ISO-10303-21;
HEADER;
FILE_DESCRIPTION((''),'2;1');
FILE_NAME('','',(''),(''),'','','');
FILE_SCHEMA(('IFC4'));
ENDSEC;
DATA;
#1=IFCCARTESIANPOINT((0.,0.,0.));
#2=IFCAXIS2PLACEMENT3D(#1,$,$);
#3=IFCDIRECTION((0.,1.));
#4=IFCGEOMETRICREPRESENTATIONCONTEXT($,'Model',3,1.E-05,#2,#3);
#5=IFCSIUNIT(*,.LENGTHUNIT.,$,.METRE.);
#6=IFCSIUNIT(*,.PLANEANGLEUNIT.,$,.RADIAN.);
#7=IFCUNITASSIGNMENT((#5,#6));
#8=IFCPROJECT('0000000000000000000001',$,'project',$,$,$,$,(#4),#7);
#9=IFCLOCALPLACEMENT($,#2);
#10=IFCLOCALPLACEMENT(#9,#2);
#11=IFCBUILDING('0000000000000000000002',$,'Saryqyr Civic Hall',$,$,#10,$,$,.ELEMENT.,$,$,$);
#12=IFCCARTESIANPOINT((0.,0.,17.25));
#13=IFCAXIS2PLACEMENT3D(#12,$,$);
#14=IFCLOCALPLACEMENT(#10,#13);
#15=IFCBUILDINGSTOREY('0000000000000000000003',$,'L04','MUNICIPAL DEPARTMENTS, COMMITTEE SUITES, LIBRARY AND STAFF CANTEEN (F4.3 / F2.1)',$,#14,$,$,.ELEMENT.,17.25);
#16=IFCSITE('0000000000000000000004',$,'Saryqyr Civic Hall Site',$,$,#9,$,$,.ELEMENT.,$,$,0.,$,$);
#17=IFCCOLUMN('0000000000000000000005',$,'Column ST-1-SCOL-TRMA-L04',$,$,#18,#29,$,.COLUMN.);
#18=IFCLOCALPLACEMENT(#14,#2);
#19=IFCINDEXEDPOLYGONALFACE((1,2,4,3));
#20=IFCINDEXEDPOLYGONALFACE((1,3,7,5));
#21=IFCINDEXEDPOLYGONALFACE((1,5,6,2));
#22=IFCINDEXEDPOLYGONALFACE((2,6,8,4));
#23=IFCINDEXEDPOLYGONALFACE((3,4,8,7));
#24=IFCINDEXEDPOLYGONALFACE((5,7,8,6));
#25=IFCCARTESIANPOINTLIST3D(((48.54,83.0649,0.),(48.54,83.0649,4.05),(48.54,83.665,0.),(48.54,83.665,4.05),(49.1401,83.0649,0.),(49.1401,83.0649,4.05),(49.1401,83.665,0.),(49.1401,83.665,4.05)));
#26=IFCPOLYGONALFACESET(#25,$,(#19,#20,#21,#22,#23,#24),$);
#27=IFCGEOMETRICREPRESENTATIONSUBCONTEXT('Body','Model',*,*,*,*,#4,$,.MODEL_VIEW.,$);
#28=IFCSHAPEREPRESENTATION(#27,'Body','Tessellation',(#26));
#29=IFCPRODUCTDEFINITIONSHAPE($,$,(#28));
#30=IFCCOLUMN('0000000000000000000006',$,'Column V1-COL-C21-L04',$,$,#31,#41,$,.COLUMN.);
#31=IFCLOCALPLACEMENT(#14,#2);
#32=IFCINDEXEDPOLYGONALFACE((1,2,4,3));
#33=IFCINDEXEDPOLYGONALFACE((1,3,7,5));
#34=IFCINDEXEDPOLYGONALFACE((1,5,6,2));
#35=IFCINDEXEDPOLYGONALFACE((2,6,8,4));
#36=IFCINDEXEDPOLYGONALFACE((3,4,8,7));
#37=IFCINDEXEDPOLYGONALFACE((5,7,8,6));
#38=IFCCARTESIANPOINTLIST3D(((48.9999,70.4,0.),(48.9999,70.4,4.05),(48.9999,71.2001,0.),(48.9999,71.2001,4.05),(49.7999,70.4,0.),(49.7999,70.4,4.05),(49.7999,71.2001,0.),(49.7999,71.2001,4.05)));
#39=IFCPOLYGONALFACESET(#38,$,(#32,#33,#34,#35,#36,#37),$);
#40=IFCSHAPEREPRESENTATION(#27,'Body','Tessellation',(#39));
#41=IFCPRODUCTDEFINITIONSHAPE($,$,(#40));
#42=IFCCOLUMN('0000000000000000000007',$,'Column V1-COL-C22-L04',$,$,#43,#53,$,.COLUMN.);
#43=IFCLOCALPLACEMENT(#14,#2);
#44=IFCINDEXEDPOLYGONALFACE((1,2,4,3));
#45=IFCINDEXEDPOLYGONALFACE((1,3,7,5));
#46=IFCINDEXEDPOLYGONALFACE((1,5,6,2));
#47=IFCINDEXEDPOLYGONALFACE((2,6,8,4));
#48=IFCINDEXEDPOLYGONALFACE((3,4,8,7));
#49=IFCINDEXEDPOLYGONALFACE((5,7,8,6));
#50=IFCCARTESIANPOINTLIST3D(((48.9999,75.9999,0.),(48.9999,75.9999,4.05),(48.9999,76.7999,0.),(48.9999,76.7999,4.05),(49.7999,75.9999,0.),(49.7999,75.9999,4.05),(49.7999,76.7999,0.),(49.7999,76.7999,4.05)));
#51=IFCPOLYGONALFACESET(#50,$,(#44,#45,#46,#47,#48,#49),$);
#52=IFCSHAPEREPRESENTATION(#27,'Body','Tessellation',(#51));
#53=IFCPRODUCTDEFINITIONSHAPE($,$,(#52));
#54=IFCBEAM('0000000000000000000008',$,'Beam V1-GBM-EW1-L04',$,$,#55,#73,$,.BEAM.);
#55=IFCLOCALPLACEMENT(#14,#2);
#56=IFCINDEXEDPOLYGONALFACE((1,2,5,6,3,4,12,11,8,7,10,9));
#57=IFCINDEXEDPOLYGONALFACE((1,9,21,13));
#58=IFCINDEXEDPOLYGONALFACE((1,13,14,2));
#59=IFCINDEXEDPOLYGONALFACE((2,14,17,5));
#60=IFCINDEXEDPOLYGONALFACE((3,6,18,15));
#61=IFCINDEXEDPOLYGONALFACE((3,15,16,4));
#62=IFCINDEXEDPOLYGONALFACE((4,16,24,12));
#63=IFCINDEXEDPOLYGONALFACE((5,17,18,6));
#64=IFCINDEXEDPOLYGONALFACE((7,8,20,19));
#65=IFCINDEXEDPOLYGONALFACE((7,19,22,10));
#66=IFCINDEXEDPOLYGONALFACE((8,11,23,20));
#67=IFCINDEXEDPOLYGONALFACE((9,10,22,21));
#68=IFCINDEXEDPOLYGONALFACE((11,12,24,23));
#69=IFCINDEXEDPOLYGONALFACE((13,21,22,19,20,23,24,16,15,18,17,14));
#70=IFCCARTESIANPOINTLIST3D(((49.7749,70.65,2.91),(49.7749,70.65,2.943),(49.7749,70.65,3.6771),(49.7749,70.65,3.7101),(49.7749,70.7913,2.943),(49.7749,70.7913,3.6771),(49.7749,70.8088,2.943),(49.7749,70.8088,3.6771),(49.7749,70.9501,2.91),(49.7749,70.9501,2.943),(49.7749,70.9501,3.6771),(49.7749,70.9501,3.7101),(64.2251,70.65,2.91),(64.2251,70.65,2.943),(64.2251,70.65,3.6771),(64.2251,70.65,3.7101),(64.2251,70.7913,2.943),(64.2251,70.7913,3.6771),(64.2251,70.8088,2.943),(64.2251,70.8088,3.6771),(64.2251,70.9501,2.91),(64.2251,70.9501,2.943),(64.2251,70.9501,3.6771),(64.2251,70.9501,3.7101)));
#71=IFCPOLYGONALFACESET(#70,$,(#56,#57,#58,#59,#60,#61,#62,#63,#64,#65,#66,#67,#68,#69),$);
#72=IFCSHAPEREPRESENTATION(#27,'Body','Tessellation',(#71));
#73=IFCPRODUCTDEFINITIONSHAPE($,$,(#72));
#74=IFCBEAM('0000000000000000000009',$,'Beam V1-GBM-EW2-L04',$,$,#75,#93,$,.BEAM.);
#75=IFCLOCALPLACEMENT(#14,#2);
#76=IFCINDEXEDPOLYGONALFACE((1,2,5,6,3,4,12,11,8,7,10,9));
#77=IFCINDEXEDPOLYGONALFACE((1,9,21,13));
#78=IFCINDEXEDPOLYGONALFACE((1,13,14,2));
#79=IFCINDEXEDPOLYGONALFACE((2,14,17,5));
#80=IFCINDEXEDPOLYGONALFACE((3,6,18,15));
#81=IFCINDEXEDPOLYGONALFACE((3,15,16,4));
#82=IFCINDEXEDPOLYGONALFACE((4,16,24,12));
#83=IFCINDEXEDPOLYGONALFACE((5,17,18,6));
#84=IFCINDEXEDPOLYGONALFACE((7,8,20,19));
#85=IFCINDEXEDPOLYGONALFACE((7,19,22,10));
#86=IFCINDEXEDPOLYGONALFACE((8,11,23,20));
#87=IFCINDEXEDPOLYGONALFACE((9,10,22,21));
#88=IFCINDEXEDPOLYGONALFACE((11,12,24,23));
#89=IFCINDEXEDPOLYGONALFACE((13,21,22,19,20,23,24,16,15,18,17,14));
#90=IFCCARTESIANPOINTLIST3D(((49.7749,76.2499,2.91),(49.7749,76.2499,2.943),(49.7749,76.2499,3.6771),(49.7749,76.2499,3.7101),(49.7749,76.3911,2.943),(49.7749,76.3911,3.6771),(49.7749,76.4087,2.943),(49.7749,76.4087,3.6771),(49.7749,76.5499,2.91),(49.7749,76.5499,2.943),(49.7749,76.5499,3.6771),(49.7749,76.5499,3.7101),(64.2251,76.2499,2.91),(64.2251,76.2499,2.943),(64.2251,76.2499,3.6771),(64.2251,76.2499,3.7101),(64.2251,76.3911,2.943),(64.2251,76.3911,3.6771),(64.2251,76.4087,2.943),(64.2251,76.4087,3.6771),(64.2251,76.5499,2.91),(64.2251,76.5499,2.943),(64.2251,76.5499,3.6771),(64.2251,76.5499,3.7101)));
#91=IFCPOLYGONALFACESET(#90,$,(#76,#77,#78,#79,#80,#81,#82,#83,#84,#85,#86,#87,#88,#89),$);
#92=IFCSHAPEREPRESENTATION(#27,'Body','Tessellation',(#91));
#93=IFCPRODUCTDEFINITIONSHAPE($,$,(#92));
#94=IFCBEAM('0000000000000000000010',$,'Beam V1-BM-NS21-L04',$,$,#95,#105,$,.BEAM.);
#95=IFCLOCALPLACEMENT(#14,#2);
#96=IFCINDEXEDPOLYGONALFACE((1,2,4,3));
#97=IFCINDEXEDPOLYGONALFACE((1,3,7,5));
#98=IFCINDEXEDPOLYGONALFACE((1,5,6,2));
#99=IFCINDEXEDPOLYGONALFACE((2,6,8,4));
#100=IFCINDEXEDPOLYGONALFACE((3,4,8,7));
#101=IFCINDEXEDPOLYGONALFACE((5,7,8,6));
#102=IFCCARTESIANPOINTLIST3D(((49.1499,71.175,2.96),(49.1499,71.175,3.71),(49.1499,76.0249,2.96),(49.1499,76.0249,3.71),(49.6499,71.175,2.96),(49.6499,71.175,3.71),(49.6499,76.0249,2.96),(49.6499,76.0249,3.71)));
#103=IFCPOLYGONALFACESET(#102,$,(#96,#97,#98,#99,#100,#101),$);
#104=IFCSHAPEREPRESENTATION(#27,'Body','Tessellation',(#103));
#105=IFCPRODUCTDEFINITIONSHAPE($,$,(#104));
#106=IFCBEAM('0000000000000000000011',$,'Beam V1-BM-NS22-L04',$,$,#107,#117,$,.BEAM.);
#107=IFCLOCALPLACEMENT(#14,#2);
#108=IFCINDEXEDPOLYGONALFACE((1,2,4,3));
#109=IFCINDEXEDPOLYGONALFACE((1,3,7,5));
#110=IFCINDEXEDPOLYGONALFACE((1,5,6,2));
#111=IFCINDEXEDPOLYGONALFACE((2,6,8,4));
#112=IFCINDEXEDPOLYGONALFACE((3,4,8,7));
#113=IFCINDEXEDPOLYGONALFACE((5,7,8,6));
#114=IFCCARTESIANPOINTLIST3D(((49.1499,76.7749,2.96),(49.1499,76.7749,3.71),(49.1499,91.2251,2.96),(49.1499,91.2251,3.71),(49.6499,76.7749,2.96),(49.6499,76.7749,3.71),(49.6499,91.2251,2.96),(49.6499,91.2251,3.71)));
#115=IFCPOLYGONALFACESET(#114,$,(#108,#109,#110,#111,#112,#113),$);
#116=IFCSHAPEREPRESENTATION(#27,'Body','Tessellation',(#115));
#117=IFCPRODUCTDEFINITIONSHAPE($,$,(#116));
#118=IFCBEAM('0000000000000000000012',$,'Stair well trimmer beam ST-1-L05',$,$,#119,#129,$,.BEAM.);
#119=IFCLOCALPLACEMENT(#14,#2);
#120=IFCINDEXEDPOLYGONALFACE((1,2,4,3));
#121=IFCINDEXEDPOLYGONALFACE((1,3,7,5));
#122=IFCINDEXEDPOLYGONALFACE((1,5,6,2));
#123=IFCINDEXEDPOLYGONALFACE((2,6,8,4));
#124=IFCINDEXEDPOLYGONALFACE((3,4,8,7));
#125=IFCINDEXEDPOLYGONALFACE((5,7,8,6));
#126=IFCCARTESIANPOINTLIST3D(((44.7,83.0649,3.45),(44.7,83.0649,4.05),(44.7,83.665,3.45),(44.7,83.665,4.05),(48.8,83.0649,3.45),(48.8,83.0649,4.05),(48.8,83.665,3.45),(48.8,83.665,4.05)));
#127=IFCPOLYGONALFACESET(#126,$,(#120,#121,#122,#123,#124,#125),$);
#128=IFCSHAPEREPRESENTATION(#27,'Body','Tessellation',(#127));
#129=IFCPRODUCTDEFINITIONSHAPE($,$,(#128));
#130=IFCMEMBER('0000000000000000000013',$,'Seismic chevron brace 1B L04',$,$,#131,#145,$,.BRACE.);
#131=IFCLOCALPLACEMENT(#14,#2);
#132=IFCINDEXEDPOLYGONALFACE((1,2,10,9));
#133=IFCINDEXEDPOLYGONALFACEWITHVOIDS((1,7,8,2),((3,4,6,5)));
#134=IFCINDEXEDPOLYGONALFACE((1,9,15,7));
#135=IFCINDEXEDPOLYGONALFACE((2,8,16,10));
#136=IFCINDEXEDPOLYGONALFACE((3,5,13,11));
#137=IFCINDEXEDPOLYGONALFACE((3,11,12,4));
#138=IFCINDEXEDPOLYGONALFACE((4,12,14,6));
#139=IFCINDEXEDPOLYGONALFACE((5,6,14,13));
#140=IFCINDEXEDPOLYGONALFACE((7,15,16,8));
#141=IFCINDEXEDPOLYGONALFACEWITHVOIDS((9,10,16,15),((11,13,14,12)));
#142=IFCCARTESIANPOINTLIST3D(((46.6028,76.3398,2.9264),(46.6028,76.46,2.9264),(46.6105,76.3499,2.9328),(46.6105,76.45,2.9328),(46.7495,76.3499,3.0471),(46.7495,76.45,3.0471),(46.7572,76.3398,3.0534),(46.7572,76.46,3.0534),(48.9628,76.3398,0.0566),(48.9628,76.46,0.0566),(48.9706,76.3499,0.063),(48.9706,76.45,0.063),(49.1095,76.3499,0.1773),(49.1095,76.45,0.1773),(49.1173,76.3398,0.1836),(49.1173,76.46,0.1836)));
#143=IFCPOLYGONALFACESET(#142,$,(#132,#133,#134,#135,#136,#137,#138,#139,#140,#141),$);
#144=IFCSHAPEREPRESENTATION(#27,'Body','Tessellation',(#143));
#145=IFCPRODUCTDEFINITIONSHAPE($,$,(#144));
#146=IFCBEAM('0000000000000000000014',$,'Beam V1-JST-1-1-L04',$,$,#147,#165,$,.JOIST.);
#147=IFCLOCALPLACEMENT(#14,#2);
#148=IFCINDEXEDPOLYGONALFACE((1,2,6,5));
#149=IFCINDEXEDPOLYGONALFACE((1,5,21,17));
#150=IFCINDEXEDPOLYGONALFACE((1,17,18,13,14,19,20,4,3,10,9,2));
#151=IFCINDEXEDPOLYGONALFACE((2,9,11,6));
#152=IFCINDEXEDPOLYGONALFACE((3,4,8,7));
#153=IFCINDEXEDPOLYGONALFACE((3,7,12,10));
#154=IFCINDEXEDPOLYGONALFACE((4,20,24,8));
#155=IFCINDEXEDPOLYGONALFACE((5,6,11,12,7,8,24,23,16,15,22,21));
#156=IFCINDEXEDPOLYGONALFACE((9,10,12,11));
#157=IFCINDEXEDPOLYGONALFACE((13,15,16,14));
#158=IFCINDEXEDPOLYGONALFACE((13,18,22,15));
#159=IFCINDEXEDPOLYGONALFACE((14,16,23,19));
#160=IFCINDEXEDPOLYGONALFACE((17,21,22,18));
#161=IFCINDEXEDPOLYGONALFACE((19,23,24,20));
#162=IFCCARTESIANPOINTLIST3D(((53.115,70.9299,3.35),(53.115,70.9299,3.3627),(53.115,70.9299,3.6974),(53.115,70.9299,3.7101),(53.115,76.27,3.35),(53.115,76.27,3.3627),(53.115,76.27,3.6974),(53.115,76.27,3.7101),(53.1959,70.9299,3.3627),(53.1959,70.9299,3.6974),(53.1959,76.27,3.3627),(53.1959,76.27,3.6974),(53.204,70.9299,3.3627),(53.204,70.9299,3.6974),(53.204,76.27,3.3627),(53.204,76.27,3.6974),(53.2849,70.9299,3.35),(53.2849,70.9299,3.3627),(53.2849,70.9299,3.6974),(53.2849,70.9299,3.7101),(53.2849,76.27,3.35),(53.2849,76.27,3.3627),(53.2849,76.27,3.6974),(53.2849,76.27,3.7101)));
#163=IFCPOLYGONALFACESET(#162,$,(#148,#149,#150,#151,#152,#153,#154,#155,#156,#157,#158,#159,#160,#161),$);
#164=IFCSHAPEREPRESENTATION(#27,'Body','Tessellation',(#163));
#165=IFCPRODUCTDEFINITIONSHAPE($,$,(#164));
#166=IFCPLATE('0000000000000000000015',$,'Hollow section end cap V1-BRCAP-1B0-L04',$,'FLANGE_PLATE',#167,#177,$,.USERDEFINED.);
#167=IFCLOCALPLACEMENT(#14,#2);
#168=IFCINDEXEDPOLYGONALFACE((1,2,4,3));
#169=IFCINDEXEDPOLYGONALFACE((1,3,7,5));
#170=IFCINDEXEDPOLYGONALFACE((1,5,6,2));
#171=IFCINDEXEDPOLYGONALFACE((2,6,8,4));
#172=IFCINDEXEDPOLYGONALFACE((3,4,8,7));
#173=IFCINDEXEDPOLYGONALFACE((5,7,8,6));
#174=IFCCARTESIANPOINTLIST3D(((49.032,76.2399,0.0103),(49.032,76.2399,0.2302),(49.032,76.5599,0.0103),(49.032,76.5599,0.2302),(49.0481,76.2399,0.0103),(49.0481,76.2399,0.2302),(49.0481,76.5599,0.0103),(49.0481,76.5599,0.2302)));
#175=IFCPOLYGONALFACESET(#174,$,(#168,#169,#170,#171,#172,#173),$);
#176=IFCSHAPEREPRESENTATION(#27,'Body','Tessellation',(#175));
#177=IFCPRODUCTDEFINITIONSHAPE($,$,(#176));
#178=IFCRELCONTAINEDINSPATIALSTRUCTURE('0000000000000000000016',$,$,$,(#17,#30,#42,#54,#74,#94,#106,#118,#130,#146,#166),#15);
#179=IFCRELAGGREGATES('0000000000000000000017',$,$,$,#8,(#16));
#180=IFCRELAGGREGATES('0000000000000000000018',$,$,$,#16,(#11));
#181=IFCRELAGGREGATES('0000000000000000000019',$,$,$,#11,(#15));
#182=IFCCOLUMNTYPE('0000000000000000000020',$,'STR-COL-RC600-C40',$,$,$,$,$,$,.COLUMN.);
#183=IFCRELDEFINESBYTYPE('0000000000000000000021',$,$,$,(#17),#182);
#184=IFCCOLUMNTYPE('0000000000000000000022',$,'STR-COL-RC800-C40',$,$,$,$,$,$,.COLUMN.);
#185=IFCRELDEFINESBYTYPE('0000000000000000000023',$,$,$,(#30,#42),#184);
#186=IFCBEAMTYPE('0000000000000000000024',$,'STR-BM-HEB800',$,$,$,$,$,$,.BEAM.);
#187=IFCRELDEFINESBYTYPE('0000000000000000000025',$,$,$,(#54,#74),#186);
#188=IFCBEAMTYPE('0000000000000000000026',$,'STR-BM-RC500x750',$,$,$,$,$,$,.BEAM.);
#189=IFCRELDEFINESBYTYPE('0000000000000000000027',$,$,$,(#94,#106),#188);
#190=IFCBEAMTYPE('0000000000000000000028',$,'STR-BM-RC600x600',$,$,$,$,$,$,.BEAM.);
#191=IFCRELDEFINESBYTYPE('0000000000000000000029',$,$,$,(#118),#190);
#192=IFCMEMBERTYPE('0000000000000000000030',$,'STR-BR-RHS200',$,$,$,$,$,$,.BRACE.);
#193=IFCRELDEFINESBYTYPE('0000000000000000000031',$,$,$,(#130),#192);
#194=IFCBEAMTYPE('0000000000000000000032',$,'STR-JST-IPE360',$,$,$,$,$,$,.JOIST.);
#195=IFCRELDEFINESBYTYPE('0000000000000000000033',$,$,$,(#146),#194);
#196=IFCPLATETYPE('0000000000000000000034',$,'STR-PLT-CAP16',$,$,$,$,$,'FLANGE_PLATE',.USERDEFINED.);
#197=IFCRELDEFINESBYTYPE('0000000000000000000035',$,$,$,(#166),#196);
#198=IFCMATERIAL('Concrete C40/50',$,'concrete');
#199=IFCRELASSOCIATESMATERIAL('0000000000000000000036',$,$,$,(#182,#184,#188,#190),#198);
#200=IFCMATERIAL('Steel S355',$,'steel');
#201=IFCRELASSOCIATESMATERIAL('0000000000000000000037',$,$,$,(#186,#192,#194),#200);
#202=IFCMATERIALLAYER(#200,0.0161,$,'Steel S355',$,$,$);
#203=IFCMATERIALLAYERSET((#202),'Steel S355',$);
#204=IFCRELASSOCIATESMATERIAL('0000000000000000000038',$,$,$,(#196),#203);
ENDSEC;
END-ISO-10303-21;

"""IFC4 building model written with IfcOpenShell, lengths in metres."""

from ifc_helpers import new_model, si_unit, direction, frame, origin, origin_2d, place, context, subcontext, project, spatial, rectangle, hollow_rectangle, i_section, extrude, material, layer, layer_set, material_profile, profile_set, type_object, element, save


model = new_model("IFC4")

# Units and contexts
model_context = context("Model", 3, precision=1e-05, world=origin(), true_north=direction((0.0, 1.0)))
body_context = subcontext(model_context, "Body", "Model", "MODEL_VIEW")
ifc_project = project(units=[si_unit("LENGTHUNIT", "METRE"), si_unit("PLANEANGLEUNIT", "RADIAN")], contexts=[model_context])

# Site, building, storey
site_placement = place(None, origin())
site = spatial("IfcSite", under=ifc_project, at=site_placement, Name="Saryqyr Civic Hall Site", CompositionType="ELEMENT", RefElevation=0.0)
building_placement = place(site_placement, origin())
building = spatial("IfcBuilding", under=site, at=building_placement, Name="Saryqyr Civic Hall", CompositionType="ELEMENT")
storey_placement = place(building_placement, frame((0.0, 0.0, 17.25)))
storey = spatial("IfcBuildingStorey", under=building, at=storey_placement, Name="L04", Description="MUNICIPAL DEPARTMENTS, COMMITTEE SUITES, LIBRARY AND STAFF CANTEEN (F4.3 / F2.1)", CompositionType="ELEMENT", Elevation=17.25)

# Columns
ifc_material_1 = material(Name="Concrete C40/50", Category="concrete")
ifc_material_profile_1 = material_profile(ifc_material_1, rectangle(XDim=0.6001, YDim=0.6001, at=origin_2d()), Name="RC 600x600")
ifc_profile_set_1 = profile_set([ifc_material_profile_1], Name="Concrete C40/50")
column_type_1 = type_object("IfcColumnType", Name="STR-COL-RC600-C40", PredefinedType="COLUMN", material=ifc_profile_set_1)
column_placement = place(storey_placement, frame((48.8401, 83.365, 0.0), z_axis=(0.0, 0.0, 1.0), x_axis=(1.0, 0.0, 0.0)))
element("IfcColumn", 1, at=column_placement, inside=storey, type_object=column_type_1, Name="Column ST-1-SCOL-TRMA-L04", PredefinedType="COLUMN", context=body_context, shape_type="SweptSolid", body=[
    extrude(rectangle(XDim=0.6001, YDim=0.6001, at=origin_2d()), origin(), (0.0, 0.0, 1.0), 4.05),
])
ifc_material_profile_2 = material_profile(ifc_material_1, rectangle(XDim=0.8, YDim=0.8, at=origin_2d()), Name="RC 800x800")
ifc_profile_set_2 = profile_set([ifc_material_profile_2], Name="Concrete C40/50")
column_type_2 = type_object("IfcColumnType", Name="STR-COL-RC800-C40", PredefinedType="COLUMN", material=ifc_profile_set_2)
for number, where, z_axis, x_axis, name in (
    (2, (49.3999, 70.8, 0.0), (0.0, 0.0, 1.0), (1.0, 0.0, 0.0), "Column V1-COL-C21-L04"),
    (3, (49.3999, 76.3999, 0.0), (0.0, 0.0, 1.0), (1.0, 0.0, 0.0), "Column V1-COL-C22-L04"),
):
    element("IfcColumn", number, at=place(storey_placement, frame(where, z_axis=z_axis, x_axis=x_axis)), inside=storey, type_object=column_type_2, Name=name, PredefinedType="COLUMN", context=body_context, shape_type="SweptSolid", body=[
        extrude(rectangle(XDim=0.8, YDim=0.8, at=origin_2d()), origin(), (0.0, 0.0, 1.0), 4.05),
    ])

# Beams
ifc_material_2 = material(Name="Steel S355", Category="steel")
ifc_material_profile_3 = material_profile(ifc_material_2, i_section(OverallWidth=0.3, OverallDepth=0.8, WebThickness=0.0176, FlangeThickness=0.033, at=origin_2d()), Name="HEB 800")
ifc_profile_set_3 = profile_set([ifc_material_profile_3], Name="Steel S355")
beam_type_1 = type_object("IfcBeamType", Name="STR-BM-HEB800", PredefinedType="BEAM", material=ifc_profile_set_3)
for number, where, z_axis, x_axis, name in (
    (4, (49.7749, 70.8, 3.3101), (1.0, 0.0, 0.0), (0.0, 1.0, 0.0), "Beam V1-GBM-EW1-L04"),
    (5, (49.7749, 76.3999, 3.3101), (1.0, 0.0, 0.0), (0.0, 1.0, 0.0), "Beam V1-GBM-EW2-L04"),
):
    element("IfcBeam", number, at=place(storey_placement, frame(where, z_axis=z_axis, x_axis=x_axis)), inside=storey, type_object=beam_type_1, Name=name, PredefinedType="BEAM", context=body_context, shape_type="SweptSolid", body=[
        extrude(i_section(OverallWidth=0.3, OverallDepth=0.8, WebThickness=0.0176, FlangeThickness=0.033, at=origin_2d()), origin(), (0.0, 0.0, 1.0), 14.4502),
    ])
ifc_material_profile_4 = material_profile(ifc_material_1, rectangle(XDim=0.5, YDim=0.75, at=origin_2d()), Name="RC 500x750")
ifc_profile_set_4 = profile_set([ifc_material_profile_4], Name="Concrete C40/50")
beam_type_2 = type_object("IfcBeamType", Name="STR-BM-RC500x750", PredefinedType="BEAM", material=ifc_profile_set_4)
beam_1_placement = place(storey_placement, frame((49.3999, 71.175, 3.335), z_axis=(0.0, 1.0, 0.0), x_axis=(-1.0, 0.0, 0.0)))
element("IfcBeam", 6, at=beam_1_placement, inside=storey, type_object=beam_type_2, Name="Beam V1-BM-NS21-L04", PredefinedType="BEAM", context=body_context, shape_type="SweptSolid", body=[
    extrude(rectangle(XDim=0.5, YDim=0.75, at=origin_2d()), origin(), (0.0, 0.0, 1.0), 4.8499),
])
beam_2_placement = place(storey_placement, frame((49.3999, 76.7749, 3.335), z_axis=(0.0, 1.0, 0.0), x_axis=(-1.0, 0.0, 0.0)))
element("IfcBeam", 7, at=beam_2_placement, inside=storey, type_object=beam_type_2, Name="Beam V1-BM-NS22-L04", PredefinedType="BEAM", context=body_context, shape_type="SweptSolid", body=[
    extrude(rectangle(XDim=0.5, YDim=0.75, at=origin_2d()), origin(), (0.0, 0.0, 1.0), 14.4502),
])
ifc_material_profile_5 = material_profile(ifc_material_1, rectangle(XDim=0.6001, YDim=0.6001, at=origin_2d()), Name="RC 600x600")
ifc_profile_set_5 = profile_set([ifc_material_profile_5], Name="Concrete C40/50")
beam_type_3 = type_object("IfcBeamType", Name="STR-BM-RC600x600", PredefinedType="BEAM", material=ifc_profile_set_5)
beam_3_placement = place(storey_placement, frame((48.8, 83.365, 3.75), z_axis=(-1.0, 0.0, 0.0), x_axis=(0.0, -1.0, 0.0)))
element("IfcBeam", 8, at=beam_3_placement, inside=storey, type_object=beam_type_3, Name="Stair well trimmer beam ST-1-L05", PredefinedType="BEAM", context=body_context, shape_type="SweptSolid", body=[
    extrude(rectangle(XDim=0.6001, YDim=0.6001, at=origin_2d()), origin(), (0.0, 0.0, 1.0), 4.1001),
])

# Member
ifc_material_profile_6 = material_profile(ifc_material_2, hollow_rectangle(XDim=0.1201, YDim=0.2, WallThickness=0.01, at=origin_2d()), Name="RHS 200x120x10")
ifc_profile_set_6 = profile_set([ifc_material_profile_6], Name="Steel S355")
member_type = type_object("IfcMemberType", Name="STR-BR-RHS200", PredefinedType="BRACE", material=ifc_profile_set_6)
member_placement = place(storey_placement, frame((49.04, 76.3999, 0.1201), z_axis=(-0.635175, 0.0, 0.772368), x_axis=(0.0, -1.0, 0.0)))
element("IfcMember", 9, at=member_placement, inside=storey, type_object=member_type, Name="Seismic chevron brace 1B L04", PredefinedType="BRACE", context=body_context, shape_type="SweptSolid", body=[
    extrude(hollow_rectangle(XDim=0.1201, YDim=0.2, WallThickness=0.01, at=origin_2d()), origin(), (0.0, 0.0, 1.0), 3.7156),
])

# Beam
ifc_material_profile_7 = material_profile(ifc_material_2, i_section(OverallWidth=0.1699, OverallDepth=0.3601, WebThickness=0.0081, FlangeThickness=0.0127, at=origin_2d()), Name="IPE 360")
ifc_profile_set_7 = profile_set([ifc_material_profile_7], Name="Steel S355")
beam_type_4 = type_object("IfcBeamType", Name="STR-JST-IPE360", PredefinedType="JOIST", material=ifc_profile_set_7)
beam_4_placement = place(storey_placement, frame((53.2, 70.9299, 3.53), z_axis=(0.0, 1.0, 0.0), x_axis=(-1.0, 0.0, 0.0)))
element("IfcBeam", 10, at=beam_4_placement, inside=storey, type_object=beam_type_4, Name="Beam V1-JST-1-1-L04", PredefinedType="JOIST", context=body_context, shape_type="SweptSolid", body=[
    extrude(i_section(OverallWidth=0.1699, OverallDepth=0.3601, WebThickness=0.0081, FlangeThickness=0.0127, at=origin_2d()), origin(), (0.0, 0.0, 1.0), 5.3401),
])

# Plate
ifc_layer_1 = layer(ifc_material_2, 0.0161, Name="Steel S355")
ifc_layer_set_1 = layer_set([ifc_layer_1], Name="Steel S355")
plate_type_1 = type_object("IfcPlateType", Name="STR-PLT-CAP16", ElementType="FLANGE_PLATE", PredefinedType="USERDEFINED", material=ifc_layer_set_1)
plate_1_placement = place(storey_placement, frame((49.04, 76.3999, 0.0103), z_axis=(0.0, 0.0, 1.0), x_axis=(1.0, 0.0, 0.0)))
element("IfcPlate", 11, at=plate_1_placement, inside=storey, type_object=plate_type_1, Name="Hollow section end cap V1-BRCAP-1B0-L04", ObjectType="FLANGE_PLATE", PredefinedType="USERDEFINED", context=body_context, shape_type="SweptSolid", body=[
    extrude(rectangle(XDim=0.0161, YDim=0.3201, at=origin_2d()), origin(), (0.0, 0.0, 1.0), 0.22),
])

save(model, "model.ifc")
